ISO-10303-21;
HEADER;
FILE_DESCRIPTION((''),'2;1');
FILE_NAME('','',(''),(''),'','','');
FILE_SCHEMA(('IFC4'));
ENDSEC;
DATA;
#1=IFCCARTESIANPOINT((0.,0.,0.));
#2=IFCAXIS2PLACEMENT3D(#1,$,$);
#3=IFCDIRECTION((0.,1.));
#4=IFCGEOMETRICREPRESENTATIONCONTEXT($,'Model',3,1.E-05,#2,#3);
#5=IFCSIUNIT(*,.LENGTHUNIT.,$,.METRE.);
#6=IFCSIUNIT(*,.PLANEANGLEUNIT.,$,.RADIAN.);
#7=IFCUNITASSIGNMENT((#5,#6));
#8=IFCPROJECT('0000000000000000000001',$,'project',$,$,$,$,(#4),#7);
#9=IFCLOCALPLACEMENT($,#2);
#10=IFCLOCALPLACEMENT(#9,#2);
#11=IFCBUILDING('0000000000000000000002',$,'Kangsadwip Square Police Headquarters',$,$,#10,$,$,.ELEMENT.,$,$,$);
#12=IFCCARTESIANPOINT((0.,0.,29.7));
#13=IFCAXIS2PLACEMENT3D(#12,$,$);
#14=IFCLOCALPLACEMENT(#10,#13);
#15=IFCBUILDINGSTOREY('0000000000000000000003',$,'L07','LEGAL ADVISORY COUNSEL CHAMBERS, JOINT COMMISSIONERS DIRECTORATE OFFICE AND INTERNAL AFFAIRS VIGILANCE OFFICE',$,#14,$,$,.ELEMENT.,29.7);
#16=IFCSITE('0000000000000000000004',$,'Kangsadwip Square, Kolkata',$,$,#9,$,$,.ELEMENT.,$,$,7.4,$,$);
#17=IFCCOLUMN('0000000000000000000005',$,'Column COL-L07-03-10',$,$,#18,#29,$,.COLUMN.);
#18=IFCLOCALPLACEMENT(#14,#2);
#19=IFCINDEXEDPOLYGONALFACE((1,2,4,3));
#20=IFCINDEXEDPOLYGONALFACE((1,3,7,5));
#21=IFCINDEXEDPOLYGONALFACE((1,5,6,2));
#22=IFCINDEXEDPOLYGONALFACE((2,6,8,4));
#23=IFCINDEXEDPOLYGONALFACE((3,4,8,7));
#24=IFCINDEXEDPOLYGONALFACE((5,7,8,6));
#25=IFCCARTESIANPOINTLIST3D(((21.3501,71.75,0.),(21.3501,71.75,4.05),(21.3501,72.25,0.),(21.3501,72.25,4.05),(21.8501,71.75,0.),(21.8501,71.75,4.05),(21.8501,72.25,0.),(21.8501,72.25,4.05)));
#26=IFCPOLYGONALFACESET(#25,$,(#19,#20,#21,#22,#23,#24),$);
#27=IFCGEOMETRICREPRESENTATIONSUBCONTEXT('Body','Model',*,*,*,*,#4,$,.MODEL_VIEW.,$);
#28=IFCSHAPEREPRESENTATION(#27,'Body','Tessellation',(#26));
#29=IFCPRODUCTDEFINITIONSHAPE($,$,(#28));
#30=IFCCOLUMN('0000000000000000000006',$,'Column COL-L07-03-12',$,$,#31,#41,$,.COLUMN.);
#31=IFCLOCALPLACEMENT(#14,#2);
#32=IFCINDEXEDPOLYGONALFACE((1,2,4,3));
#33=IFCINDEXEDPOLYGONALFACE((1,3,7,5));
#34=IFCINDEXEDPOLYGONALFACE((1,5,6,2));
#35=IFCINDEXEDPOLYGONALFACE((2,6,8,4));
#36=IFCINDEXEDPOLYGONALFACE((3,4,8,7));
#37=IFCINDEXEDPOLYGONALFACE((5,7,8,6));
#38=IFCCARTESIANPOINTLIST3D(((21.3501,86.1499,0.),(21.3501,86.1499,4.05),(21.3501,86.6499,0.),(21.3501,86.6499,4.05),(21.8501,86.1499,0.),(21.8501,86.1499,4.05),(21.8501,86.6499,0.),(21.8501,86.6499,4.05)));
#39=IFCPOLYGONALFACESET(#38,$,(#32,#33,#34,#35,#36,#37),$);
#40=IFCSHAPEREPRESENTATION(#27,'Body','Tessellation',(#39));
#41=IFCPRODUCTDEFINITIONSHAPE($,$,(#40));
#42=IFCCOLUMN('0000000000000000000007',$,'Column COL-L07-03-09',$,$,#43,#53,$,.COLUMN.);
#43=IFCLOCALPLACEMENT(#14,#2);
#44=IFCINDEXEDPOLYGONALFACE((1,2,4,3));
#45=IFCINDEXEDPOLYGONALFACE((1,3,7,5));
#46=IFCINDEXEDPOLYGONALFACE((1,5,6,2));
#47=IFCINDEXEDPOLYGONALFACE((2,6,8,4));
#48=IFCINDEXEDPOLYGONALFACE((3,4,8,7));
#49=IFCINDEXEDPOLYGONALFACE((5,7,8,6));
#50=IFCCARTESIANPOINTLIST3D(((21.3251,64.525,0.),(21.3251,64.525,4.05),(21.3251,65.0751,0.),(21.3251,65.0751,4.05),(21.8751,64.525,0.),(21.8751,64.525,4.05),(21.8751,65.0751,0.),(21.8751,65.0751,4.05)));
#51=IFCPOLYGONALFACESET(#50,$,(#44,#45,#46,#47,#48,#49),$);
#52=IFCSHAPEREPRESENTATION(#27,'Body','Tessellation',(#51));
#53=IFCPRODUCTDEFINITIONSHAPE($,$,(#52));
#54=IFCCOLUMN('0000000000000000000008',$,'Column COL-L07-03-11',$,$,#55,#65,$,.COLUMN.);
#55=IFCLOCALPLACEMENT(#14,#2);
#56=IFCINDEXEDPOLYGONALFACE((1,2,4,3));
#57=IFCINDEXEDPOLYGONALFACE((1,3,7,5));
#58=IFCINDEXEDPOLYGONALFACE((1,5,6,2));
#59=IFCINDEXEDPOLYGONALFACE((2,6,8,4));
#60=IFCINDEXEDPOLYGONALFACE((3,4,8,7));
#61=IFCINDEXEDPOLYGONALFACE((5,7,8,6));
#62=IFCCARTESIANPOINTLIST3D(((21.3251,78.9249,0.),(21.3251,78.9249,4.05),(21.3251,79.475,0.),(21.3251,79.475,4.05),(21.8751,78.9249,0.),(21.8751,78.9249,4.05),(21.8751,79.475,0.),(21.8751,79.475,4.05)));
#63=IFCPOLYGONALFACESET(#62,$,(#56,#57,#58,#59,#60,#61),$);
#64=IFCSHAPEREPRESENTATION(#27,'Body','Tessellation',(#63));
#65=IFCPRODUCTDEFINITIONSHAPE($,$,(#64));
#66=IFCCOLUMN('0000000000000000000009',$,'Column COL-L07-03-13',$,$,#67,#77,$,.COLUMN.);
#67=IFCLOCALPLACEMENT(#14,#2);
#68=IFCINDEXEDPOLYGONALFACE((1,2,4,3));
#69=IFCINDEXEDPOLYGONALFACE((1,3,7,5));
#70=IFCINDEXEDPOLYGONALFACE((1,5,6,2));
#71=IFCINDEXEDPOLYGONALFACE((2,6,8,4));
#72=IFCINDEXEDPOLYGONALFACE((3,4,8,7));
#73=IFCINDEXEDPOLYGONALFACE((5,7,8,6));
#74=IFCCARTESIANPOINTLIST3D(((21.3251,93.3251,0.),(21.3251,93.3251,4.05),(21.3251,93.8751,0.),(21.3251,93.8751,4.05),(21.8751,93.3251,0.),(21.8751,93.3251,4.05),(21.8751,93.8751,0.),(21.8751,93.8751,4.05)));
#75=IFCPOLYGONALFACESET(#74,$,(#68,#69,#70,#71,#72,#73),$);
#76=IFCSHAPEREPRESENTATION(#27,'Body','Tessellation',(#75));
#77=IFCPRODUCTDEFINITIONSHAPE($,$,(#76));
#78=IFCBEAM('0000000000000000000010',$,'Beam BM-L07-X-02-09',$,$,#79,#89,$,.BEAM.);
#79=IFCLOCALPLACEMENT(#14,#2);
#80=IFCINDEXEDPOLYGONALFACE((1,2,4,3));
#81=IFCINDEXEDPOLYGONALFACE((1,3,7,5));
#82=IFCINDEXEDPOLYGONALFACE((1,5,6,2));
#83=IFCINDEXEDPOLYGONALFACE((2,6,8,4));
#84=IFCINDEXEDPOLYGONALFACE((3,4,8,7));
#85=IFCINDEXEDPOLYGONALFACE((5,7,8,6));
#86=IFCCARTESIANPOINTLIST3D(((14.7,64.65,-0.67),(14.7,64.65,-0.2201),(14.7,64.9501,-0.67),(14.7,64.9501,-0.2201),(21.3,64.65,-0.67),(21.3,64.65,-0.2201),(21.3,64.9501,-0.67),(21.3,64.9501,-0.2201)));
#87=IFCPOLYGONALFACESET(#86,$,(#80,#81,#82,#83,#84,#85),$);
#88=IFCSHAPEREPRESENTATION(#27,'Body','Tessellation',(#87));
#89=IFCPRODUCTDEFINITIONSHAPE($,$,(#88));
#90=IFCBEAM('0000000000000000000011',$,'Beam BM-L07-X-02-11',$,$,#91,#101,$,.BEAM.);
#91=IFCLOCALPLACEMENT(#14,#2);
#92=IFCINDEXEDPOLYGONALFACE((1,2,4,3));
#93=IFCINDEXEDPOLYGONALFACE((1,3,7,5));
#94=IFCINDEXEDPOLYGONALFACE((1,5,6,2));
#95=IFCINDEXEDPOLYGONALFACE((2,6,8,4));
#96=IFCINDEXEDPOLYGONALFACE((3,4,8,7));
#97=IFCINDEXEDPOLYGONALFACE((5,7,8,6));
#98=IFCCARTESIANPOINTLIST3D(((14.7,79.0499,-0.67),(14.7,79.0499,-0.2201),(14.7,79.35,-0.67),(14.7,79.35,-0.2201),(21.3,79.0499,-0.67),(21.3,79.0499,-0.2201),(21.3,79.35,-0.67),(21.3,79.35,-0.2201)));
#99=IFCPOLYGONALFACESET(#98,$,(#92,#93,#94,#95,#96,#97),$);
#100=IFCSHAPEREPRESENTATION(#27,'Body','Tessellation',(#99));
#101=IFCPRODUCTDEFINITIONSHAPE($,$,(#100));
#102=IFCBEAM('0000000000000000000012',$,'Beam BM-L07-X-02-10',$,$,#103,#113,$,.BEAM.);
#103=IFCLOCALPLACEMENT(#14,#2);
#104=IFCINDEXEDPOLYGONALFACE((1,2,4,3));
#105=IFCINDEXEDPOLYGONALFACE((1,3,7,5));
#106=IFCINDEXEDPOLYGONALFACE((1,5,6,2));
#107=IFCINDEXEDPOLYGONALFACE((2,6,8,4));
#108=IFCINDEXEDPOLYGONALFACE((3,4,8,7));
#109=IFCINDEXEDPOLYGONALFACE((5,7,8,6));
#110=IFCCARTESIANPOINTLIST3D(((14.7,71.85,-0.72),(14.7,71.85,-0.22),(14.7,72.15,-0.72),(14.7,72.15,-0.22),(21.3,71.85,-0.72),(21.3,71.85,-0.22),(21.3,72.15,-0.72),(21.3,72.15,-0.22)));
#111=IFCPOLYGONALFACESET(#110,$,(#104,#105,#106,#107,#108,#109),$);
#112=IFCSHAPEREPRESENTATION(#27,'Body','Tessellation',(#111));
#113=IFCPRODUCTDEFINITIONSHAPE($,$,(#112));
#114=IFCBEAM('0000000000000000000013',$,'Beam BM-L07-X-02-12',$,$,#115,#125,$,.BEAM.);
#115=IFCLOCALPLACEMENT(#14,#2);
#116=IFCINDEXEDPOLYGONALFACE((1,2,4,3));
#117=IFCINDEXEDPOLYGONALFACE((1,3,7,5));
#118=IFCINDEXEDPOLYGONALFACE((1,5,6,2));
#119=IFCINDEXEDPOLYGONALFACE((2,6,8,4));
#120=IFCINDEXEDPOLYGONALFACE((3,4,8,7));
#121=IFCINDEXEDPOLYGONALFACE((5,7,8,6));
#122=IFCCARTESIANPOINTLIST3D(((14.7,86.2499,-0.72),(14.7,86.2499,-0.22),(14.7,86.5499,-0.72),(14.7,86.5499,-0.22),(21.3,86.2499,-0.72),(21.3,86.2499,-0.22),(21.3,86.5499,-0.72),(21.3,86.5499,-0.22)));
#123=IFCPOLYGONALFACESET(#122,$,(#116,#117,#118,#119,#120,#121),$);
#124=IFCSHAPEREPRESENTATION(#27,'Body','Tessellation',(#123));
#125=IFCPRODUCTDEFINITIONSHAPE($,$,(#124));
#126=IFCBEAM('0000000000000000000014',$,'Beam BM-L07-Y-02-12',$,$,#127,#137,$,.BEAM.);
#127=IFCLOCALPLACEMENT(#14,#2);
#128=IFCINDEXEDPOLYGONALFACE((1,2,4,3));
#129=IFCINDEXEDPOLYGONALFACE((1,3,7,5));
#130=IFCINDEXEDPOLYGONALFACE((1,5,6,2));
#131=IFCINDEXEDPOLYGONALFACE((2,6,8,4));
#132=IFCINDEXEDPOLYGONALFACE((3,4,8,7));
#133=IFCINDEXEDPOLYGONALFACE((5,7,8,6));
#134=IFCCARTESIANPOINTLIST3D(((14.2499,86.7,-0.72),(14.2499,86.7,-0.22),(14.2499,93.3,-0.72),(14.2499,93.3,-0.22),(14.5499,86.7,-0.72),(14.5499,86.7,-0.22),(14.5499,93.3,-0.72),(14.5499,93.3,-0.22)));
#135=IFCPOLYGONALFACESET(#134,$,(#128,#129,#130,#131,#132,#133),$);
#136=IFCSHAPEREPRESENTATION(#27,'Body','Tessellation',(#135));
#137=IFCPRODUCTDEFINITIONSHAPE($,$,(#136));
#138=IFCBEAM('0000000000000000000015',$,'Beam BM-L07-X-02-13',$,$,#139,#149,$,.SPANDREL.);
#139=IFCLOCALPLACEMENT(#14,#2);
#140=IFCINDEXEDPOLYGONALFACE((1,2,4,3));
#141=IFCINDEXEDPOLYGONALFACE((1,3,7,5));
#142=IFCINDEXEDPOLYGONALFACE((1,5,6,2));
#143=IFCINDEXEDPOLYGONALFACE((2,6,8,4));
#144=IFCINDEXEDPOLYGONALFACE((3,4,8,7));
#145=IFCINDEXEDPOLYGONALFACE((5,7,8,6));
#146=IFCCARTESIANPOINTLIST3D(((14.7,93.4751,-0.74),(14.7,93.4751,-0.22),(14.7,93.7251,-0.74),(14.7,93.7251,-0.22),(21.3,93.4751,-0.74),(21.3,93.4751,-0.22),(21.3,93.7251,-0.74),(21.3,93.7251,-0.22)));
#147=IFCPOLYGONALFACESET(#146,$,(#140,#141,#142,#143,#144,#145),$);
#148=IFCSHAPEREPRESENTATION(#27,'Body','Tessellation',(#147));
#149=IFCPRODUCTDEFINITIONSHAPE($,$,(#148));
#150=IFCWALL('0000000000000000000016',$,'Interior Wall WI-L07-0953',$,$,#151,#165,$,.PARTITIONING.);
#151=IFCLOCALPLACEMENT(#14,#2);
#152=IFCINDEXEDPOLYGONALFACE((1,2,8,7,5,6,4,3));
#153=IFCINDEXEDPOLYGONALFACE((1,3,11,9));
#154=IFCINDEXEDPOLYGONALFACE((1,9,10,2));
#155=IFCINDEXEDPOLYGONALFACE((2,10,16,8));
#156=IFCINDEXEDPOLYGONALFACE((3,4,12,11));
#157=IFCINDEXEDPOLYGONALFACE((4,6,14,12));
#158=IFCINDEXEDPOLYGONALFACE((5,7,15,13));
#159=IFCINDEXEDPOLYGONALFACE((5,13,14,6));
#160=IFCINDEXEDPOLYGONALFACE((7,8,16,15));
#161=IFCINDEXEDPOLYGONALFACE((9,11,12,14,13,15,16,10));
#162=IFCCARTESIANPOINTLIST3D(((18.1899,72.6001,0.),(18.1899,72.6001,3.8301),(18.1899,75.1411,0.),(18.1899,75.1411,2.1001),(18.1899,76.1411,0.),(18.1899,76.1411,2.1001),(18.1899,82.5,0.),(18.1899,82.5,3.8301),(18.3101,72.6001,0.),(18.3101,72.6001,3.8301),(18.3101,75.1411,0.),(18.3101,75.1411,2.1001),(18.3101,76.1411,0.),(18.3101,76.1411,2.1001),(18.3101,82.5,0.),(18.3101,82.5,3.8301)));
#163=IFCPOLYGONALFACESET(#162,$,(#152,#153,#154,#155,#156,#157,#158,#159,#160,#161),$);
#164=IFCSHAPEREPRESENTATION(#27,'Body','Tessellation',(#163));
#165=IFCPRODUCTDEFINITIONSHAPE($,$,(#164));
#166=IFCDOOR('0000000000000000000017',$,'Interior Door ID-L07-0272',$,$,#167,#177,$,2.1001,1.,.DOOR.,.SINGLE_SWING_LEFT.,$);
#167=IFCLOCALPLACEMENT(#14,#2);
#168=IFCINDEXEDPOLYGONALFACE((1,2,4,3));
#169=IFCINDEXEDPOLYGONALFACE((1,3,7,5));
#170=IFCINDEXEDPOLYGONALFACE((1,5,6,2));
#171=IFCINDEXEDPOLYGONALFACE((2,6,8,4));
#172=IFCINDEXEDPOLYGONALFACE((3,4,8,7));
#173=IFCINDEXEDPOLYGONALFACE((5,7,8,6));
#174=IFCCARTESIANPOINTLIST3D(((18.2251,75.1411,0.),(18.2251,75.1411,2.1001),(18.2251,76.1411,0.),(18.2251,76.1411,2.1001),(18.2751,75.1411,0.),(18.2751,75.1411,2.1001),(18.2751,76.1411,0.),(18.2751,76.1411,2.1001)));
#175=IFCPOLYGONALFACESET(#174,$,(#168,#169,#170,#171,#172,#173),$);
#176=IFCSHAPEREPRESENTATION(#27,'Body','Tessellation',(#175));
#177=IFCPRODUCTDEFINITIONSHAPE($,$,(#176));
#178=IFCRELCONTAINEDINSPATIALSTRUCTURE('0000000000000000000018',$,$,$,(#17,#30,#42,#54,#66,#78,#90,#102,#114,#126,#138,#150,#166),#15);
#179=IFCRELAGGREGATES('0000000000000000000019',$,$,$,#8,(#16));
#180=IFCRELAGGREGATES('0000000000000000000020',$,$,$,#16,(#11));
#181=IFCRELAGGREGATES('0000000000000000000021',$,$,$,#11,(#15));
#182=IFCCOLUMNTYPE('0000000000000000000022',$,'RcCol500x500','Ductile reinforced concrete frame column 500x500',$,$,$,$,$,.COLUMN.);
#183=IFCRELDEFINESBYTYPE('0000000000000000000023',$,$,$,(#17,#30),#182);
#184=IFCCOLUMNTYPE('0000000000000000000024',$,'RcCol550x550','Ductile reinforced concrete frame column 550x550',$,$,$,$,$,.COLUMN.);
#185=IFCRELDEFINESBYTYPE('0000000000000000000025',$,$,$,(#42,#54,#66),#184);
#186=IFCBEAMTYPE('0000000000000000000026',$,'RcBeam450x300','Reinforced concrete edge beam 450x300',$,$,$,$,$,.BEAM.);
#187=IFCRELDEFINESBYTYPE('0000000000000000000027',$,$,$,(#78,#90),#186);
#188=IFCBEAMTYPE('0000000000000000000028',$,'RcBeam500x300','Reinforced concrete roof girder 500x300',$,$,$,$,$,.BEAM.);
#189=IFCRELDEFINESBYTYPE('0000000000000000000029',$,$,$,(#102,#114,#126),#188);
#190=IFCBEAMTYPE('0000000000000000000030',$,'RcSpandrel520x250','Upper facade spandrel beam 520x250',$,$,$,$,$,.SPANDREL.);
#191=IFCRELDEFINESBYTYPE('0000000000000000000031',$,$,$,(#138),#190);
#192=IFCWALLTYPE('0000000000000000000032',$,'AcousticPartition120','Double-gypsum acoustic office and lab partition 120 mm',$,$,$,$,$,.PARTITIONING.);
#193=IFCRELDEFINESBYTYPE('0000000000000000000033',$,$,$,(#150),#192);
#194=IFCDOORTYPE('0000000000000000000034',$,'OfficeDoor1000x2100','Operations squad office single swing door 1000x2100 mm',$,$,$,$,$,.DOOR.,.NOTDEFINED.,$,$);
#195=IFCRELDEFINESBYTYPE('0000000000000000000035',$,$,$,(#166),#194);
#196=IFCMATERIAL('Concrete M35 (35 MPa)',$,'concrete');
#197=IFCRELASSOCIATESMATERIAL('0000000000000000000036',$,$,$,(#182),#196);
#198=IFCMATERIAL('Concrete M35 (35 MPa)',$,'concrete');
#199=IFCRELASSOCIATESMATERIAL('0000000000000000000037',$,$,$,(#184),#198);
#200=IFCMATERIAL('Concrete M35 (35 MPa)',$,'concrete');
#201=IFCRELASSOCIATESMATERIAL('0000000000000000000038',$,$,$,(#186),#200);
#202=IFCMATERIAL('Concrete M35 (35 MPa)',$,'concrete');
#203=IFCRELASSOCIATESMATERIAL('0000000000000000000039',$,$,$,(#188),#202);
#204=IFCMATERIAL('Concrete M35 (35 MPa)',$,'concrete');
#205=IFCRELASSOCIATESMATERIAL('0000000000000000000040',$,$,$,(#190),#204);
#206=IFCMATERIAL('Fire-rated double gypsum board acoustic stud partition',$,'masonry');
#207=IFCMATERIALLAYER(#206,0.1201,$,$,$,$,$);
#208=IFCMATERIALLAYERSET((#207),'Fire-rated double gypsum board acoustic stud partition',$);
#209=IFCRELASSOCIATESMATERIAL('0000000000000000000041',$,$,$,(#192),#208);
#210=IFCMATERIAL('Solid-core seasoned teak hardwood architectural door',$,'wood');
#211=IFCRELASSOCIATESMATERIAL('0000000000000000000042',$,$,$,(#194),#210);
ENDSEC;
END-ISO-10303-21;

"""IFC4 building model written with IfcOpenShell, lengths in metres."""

from ifc_helpers import new_model, si_unit, direction, frame, frame_2d, origin, origin_2d, place, context, subcontext, project, spatial, rectangle, extrude, material, layer, layer_set, material_profile, profile_set, type_object, element, fill, save


model = new_model("IFC4")

# Units and contexts
model_context = context("Model", 3, precision=1e-05, world=origin(), true_north=direction((0.0, 1.0)))
body_context = subcontext(model_context, "Body", "Model", "MODEL_VIEW")
ifc_project = project(units=[si_unit("LENGTHUNIT", "METRE"), si_unit("PLANEANGLEUNIT", "RADIAN")], contexts=[model_context])

# Site, building, storey
site_placement = place(None, origin())
site = spatial("IfcSite", under=ifc_project, at=site_placement, Name="Kangsadwip Square, Kolkata", CompositionType="ELEMENT", RefElevation=7.4)
building_placement = place(site_placement, origin())
building = spatial("IfcBuilding", under=site, at=building_placement, Name="Kangsadwip Square Police Headquarters", CompositionType="ELEMENT")
storey_placement = place(building_placement, frame((0.0, 0.0, 29.7)))
storey = spatial("IfcBuildingStorey", under=building, at=storey_placement, Name="L07", Description="LEGAL ADVISORY COUNSEL CHAMBERS, JOINT COMMISSIONERS DIRECTORATE OFFICE AND INTERNAL AFFAIRS VIGILANCE OFFICE", CompositionType="ELEMENT", Elevation=29.7)

# Columns
ifc_material_1 = material(Name="Concrete M35 (35 MPa)", Category="concrete")
ifc_material_profile_1 = material_profile(ifc_material_1, rectangle(XDim=0.5, YDim=0.5, at=origin_2d()), Name="RC COL 500X500")
ifc_profile_set_1 = profile_set([ifc_material_profile_1], Name="Concrete M35 (35 MPa)")
column_type_1 = type_object("IfcColumnType", Name="RcCol500x500", Description="Ductile reinforced concrete frame column 500x500", PredefinedType="COLUMN", material=ifc_profile_set_1)
for number, where, z_axis, x_axis, name in (
    (1, (21.6001, 72.0, 0.0), (0.0, 0.0, 1.0), (1.0, 0.0, 0.0), "Column COL-L07-03-10"),
    (2, (21.6001, 86.3999, 0.0), (0.0, 0.0, 1.0), (1.0, 0.0, 0.0), "Column COL-L07-03-12"),
):
    element("IfcColumn", number, at=place(storey_placement, frame(where, z_axis=z_axis, x_axis=x_axis)), inside=storey, type_object=column_type_1, Name=name, PredefinedType="COLUMN", context=body_context, shape_type="SweptSolid", body=[
        extrude(rectangle(XDim=0.5, YDim=0.5, at=origin_2d()), origin(), (0.0, 0.0, 1.0), 4.05),
    ])
ifc_material_2 = material(Name="Concrete M35 (35 MPa)", Category="concrete")
ifc_material_profile_2 = material_profile(ifc_material_2, rectangle(XDim=0.55, YDim=0.55, at=origin_2d()), Name="RC COL 550X550")
ifc_profile_set_2 = profile_set([ifc_material_profile_2], Name="Concrete M35 (35 MPa)")
column_type_2 = type_object("IfcColumnType", Name="RcCol550x550", Description="Ductile reinforced concrete frame column 550x550", PredefinedType="COLUMN", material=ifc_profile_set_2)
for number, where, z_axis, x_axis, name in (
    (3, (21.6001, 64.8, 0.0), (0.0, 0.0, 1.0), (1.0, 0.0, 0.0), "Column COL-L07-03-09"),
    (4, (21.6001, 79.2, 0.0), (0.0, 0.0, 1.0), (1.0, 0.0, 0.0), "Column COL-L07-03-11"),
    (5, (21.6001, 93.6001, 0.0), (0.0, 0.0, 1.0), (1.0, 0.0, 0.0), "Column COL-L07-03-13"),
):
    element("IfcColumn", number, at=place(storey_placement, frame(where, z_axis=z_axis, x_axis=x_axis)), inside=storey, type_object=column_type_2, Name=name, PredefinedType="COLUMN", context=body_context, shape_type="SweptSolid", body=[
        extrude(rectangle(XDim=0.55, YDim=0.55, at=origin_2d()), origin(), (0.0, 0.0, 1.0), 4.05),
    ])

# Beams
ifc_material_3 = material(Name="Concrete M35 (35 MPa)", Category="concrete")
ifc_material_profile_3 = material_profile(ifc_material_3, rectangle(XDim=0.3, YDim=0.45, at=origin_2d()), Name="RC BM 450X300")
ifc_profile_set_3 = profile_set([ifc_material_profile_3], Name="Concrete M35 (35 MPa)")
beam_type_1 = type_object("IfcBeamType", Name="RcBeam450x300", Description="Reinforced concrete edge beam 450x300", PredefinedType="BEAM", material=ifc_profile_set_3)
for number, where, z_axis, x_axis, name in (
    (6, (14.7, 64.8, -0.4451), (1.0, 0.0, 0.0), (0.0, 1.0, 0.0), "Beam BM-L07-X-02-09"),
    (7, (14.7, 79.2, -0.4451), (1.0, 0.0, 0.0), (0.0, 1.0, 0.0), "Beam BM-L07-X-02-11"),
):
    element("IfcBeam", number, at=place(storey_placement, frame(where, z_axis=z_axis, x_axis=x_axis)), inside=storey, type_object=beam_type_1, Name=name, PredefinedType="BEAM", context=body_context, shape_type="SweptSolid", body=[
        extrude(rectangle(XDim=0.3, YDim=0.45, at=origin_2d()), origin(), (0.0, 0.0, 1.0), 6.6001),
    ])
ifc_material_4 = material(Name="Concrete M35 (35 MPa)", Category="concrete")
ifc_material_profile_4 = material_profile(ifc_material_4, rectangle(XDim=0.3, YDim=0.5, at=origin_2d()), Name="RC BM 500X300")
ifc_profile_set_4 = profile_set([ifc_material_profile_4], Name="Concrete M35 (35 MPa)")
beam_type_2 = type_object("IfcBeamType", Name="RcBeam500x300", Description="Reinforced concrete roof girder 500x300", PredefinedType="BEAM", material=ifc_profile_set_4)
for number, where, z_axis, x_axis, name in (
    (8, (14.7, 72.0, -0.47), (1.0, 0.0, 0.0), (0.0, 1.0, 0.0), "Beam BM-L07-X-02-10"),
    (9, (14.7, 86.3999, -0.47), (1.0, 0.0, 0.0), (0.0, 1.0, 0.0), "Beam BM-L07-X-02-12"),
    (10, (14.3999, 86.7, -0.47), (0.0, 1.0, 0.0), (-1.0, 0.0, 0.0), "Beam BM-L07-Y-02-12"),
):
    element("IfcBeam", number, at=place(storey_placement, frame(where, z_axis=z_axis, x_axis=x_axis)), inside=storey, type_object=beam_type_2, Name=name, PredefinedType="BEAM", context=body_context, shape_type="SweptSolid", body=[
        extrude(rectangle(XDim=0.3, YDim=0.5, at=origin_2d()), origin(), (0.0, 0.0, 1.0), 6.6001),
    ])
ifc_material_5 = material(Name="Concrete M35 (35 MPa)", Category="concrete")
ifc_material_profile_5 = material_profile(ifc_material_5, rectangle(XDim=0.25, YDim=0.52, at=origin_2d()), Name="RC SPN 520X250")
ifc_profile_set_5 = profile_set([ifc_material_profile_5], Name="Concrete M35 (35 MPa)")
beam_type_3 = type_object("IfcBeamType", Name="RcSpandrel520x250", Description="Upper facade spandrel beam 520x250", PredefinedType="SPANDREL", material=ifc_profile_set_5)
beam_placement = place(storey_placement, frame((14.7, 93.6001, -0.48), z_axis=(1.0, 0.0, 0.0), x_axis=(0.0, 1.0, 0.0)))
element("IfcBeam", 11, at=beam_placement, inside=storey, type_object=beam_type_3, Name="Beam BM-L07-X-02-13", PredefinedType="SPANDREL", context=body_context, shape_type="SweptSolid", body=[
    extrude(rectangle(XDim=0.25, YDim=0.52, at=origin_2d()), origin(), (0.0, 0.0, 1.0), 6.6001),
])

# Wall, opening, door
ifc_material_6 = material(Name="Fire-rated double gypsum board acoustic stud partition", Category="masonry")
ifc_layer_1 = layer(ifc_material_6, 0.1201)
ifc_layer_set_1 = layer_set([ifc_layer_1], Name="Fire-rated double gypsum board acoustic stud partition")
wall_type_1 = type_object("IfcWallType", Name="AcousticPartition120", Description="Double-gypsum acoustic office and lab partition 120 mm", PredefinedType="PARTITIONING", material=ifc_layer_set_1)
wall_1_placement = place(storey_placement, frame((18.25, 72.6001, 0.0), z_axis=(0.0, 0.0, 1.0), x_axis=(0.0, 1.0, 0.0)))
wall_1 = element("IfcWall", 12, at=wall_1_placement, inside=storey, type_object=wall_type_1, Name="Interior Wall WI-L07-0953", PredefinedType="PARTITIONING", context=body_context, shape_type="SweptSolid", body=[
    extrude(rectangle(XDim=9.8999, YDim=0.1201, at=frame_2d((4.95, 0.0))), origin(), (0.0, 0.0, 1.0), 3.8301),
])
opening_1_placement = place(wall_1_placement, frame((2.541, 0.0, 0.0)))
opening_1 = element("IfcOpeningElement", 13, at=opening_1_placement, cuts=wall_1, PredefinedType="OPENING", context=body_context, shape_type="SweptSolid", body=[
    extrude(rectangle(XDim=1.0, YDim=2.1001, at=frame_2d((0.5, 1.05))), frame((0.0, 0.0701, 0.0), z_axis=(0.0, -1.0, 0.0), x_axis=(1.0, 0.0, 0.0)), (0.0, 0.0, 1.0), 0.1401),
])
ifc_material_7 = material(Name="Solid-core seasoned teak hardwood architectural door", Category="wood")
door_type_1 = type_object("IfcDoorType", Name="OfficeDoor1000x2100", Description="Operations squad office single swing door 1000x2100 mm", OperationType="NOTDEFINED", PredefinedType="DOOR", material=ifc_material_7)
door_1_placement = place(opening_1_placement, origin())
door_1 = element("IfcDoor", 14, at=door_1_placement, inside=storey, type_object=door_type_1, Name="Interior Door ID-L07-0272", OperationType="SINGLE_SWING_LEFT", OverallHeight=2.1001, OverallWidth=1.0, PredefinedType="DOOR", context=body_context, shape_type="SweptSolid", body=[
    extrude(rectangle(XDim=1.0, YDim=2.1001, at=frame_2d((0.5, 1.05))), frame((0.0, 0.0249, 0.0), z_axis=(0.0, -1.0, 0.0), x_axis=(1.0, 0.0, 0.0)), (0.0, 0.0, 1.0), 0.05),
])
fill(opening_1, door_1)

save(model, "model.ifc")
